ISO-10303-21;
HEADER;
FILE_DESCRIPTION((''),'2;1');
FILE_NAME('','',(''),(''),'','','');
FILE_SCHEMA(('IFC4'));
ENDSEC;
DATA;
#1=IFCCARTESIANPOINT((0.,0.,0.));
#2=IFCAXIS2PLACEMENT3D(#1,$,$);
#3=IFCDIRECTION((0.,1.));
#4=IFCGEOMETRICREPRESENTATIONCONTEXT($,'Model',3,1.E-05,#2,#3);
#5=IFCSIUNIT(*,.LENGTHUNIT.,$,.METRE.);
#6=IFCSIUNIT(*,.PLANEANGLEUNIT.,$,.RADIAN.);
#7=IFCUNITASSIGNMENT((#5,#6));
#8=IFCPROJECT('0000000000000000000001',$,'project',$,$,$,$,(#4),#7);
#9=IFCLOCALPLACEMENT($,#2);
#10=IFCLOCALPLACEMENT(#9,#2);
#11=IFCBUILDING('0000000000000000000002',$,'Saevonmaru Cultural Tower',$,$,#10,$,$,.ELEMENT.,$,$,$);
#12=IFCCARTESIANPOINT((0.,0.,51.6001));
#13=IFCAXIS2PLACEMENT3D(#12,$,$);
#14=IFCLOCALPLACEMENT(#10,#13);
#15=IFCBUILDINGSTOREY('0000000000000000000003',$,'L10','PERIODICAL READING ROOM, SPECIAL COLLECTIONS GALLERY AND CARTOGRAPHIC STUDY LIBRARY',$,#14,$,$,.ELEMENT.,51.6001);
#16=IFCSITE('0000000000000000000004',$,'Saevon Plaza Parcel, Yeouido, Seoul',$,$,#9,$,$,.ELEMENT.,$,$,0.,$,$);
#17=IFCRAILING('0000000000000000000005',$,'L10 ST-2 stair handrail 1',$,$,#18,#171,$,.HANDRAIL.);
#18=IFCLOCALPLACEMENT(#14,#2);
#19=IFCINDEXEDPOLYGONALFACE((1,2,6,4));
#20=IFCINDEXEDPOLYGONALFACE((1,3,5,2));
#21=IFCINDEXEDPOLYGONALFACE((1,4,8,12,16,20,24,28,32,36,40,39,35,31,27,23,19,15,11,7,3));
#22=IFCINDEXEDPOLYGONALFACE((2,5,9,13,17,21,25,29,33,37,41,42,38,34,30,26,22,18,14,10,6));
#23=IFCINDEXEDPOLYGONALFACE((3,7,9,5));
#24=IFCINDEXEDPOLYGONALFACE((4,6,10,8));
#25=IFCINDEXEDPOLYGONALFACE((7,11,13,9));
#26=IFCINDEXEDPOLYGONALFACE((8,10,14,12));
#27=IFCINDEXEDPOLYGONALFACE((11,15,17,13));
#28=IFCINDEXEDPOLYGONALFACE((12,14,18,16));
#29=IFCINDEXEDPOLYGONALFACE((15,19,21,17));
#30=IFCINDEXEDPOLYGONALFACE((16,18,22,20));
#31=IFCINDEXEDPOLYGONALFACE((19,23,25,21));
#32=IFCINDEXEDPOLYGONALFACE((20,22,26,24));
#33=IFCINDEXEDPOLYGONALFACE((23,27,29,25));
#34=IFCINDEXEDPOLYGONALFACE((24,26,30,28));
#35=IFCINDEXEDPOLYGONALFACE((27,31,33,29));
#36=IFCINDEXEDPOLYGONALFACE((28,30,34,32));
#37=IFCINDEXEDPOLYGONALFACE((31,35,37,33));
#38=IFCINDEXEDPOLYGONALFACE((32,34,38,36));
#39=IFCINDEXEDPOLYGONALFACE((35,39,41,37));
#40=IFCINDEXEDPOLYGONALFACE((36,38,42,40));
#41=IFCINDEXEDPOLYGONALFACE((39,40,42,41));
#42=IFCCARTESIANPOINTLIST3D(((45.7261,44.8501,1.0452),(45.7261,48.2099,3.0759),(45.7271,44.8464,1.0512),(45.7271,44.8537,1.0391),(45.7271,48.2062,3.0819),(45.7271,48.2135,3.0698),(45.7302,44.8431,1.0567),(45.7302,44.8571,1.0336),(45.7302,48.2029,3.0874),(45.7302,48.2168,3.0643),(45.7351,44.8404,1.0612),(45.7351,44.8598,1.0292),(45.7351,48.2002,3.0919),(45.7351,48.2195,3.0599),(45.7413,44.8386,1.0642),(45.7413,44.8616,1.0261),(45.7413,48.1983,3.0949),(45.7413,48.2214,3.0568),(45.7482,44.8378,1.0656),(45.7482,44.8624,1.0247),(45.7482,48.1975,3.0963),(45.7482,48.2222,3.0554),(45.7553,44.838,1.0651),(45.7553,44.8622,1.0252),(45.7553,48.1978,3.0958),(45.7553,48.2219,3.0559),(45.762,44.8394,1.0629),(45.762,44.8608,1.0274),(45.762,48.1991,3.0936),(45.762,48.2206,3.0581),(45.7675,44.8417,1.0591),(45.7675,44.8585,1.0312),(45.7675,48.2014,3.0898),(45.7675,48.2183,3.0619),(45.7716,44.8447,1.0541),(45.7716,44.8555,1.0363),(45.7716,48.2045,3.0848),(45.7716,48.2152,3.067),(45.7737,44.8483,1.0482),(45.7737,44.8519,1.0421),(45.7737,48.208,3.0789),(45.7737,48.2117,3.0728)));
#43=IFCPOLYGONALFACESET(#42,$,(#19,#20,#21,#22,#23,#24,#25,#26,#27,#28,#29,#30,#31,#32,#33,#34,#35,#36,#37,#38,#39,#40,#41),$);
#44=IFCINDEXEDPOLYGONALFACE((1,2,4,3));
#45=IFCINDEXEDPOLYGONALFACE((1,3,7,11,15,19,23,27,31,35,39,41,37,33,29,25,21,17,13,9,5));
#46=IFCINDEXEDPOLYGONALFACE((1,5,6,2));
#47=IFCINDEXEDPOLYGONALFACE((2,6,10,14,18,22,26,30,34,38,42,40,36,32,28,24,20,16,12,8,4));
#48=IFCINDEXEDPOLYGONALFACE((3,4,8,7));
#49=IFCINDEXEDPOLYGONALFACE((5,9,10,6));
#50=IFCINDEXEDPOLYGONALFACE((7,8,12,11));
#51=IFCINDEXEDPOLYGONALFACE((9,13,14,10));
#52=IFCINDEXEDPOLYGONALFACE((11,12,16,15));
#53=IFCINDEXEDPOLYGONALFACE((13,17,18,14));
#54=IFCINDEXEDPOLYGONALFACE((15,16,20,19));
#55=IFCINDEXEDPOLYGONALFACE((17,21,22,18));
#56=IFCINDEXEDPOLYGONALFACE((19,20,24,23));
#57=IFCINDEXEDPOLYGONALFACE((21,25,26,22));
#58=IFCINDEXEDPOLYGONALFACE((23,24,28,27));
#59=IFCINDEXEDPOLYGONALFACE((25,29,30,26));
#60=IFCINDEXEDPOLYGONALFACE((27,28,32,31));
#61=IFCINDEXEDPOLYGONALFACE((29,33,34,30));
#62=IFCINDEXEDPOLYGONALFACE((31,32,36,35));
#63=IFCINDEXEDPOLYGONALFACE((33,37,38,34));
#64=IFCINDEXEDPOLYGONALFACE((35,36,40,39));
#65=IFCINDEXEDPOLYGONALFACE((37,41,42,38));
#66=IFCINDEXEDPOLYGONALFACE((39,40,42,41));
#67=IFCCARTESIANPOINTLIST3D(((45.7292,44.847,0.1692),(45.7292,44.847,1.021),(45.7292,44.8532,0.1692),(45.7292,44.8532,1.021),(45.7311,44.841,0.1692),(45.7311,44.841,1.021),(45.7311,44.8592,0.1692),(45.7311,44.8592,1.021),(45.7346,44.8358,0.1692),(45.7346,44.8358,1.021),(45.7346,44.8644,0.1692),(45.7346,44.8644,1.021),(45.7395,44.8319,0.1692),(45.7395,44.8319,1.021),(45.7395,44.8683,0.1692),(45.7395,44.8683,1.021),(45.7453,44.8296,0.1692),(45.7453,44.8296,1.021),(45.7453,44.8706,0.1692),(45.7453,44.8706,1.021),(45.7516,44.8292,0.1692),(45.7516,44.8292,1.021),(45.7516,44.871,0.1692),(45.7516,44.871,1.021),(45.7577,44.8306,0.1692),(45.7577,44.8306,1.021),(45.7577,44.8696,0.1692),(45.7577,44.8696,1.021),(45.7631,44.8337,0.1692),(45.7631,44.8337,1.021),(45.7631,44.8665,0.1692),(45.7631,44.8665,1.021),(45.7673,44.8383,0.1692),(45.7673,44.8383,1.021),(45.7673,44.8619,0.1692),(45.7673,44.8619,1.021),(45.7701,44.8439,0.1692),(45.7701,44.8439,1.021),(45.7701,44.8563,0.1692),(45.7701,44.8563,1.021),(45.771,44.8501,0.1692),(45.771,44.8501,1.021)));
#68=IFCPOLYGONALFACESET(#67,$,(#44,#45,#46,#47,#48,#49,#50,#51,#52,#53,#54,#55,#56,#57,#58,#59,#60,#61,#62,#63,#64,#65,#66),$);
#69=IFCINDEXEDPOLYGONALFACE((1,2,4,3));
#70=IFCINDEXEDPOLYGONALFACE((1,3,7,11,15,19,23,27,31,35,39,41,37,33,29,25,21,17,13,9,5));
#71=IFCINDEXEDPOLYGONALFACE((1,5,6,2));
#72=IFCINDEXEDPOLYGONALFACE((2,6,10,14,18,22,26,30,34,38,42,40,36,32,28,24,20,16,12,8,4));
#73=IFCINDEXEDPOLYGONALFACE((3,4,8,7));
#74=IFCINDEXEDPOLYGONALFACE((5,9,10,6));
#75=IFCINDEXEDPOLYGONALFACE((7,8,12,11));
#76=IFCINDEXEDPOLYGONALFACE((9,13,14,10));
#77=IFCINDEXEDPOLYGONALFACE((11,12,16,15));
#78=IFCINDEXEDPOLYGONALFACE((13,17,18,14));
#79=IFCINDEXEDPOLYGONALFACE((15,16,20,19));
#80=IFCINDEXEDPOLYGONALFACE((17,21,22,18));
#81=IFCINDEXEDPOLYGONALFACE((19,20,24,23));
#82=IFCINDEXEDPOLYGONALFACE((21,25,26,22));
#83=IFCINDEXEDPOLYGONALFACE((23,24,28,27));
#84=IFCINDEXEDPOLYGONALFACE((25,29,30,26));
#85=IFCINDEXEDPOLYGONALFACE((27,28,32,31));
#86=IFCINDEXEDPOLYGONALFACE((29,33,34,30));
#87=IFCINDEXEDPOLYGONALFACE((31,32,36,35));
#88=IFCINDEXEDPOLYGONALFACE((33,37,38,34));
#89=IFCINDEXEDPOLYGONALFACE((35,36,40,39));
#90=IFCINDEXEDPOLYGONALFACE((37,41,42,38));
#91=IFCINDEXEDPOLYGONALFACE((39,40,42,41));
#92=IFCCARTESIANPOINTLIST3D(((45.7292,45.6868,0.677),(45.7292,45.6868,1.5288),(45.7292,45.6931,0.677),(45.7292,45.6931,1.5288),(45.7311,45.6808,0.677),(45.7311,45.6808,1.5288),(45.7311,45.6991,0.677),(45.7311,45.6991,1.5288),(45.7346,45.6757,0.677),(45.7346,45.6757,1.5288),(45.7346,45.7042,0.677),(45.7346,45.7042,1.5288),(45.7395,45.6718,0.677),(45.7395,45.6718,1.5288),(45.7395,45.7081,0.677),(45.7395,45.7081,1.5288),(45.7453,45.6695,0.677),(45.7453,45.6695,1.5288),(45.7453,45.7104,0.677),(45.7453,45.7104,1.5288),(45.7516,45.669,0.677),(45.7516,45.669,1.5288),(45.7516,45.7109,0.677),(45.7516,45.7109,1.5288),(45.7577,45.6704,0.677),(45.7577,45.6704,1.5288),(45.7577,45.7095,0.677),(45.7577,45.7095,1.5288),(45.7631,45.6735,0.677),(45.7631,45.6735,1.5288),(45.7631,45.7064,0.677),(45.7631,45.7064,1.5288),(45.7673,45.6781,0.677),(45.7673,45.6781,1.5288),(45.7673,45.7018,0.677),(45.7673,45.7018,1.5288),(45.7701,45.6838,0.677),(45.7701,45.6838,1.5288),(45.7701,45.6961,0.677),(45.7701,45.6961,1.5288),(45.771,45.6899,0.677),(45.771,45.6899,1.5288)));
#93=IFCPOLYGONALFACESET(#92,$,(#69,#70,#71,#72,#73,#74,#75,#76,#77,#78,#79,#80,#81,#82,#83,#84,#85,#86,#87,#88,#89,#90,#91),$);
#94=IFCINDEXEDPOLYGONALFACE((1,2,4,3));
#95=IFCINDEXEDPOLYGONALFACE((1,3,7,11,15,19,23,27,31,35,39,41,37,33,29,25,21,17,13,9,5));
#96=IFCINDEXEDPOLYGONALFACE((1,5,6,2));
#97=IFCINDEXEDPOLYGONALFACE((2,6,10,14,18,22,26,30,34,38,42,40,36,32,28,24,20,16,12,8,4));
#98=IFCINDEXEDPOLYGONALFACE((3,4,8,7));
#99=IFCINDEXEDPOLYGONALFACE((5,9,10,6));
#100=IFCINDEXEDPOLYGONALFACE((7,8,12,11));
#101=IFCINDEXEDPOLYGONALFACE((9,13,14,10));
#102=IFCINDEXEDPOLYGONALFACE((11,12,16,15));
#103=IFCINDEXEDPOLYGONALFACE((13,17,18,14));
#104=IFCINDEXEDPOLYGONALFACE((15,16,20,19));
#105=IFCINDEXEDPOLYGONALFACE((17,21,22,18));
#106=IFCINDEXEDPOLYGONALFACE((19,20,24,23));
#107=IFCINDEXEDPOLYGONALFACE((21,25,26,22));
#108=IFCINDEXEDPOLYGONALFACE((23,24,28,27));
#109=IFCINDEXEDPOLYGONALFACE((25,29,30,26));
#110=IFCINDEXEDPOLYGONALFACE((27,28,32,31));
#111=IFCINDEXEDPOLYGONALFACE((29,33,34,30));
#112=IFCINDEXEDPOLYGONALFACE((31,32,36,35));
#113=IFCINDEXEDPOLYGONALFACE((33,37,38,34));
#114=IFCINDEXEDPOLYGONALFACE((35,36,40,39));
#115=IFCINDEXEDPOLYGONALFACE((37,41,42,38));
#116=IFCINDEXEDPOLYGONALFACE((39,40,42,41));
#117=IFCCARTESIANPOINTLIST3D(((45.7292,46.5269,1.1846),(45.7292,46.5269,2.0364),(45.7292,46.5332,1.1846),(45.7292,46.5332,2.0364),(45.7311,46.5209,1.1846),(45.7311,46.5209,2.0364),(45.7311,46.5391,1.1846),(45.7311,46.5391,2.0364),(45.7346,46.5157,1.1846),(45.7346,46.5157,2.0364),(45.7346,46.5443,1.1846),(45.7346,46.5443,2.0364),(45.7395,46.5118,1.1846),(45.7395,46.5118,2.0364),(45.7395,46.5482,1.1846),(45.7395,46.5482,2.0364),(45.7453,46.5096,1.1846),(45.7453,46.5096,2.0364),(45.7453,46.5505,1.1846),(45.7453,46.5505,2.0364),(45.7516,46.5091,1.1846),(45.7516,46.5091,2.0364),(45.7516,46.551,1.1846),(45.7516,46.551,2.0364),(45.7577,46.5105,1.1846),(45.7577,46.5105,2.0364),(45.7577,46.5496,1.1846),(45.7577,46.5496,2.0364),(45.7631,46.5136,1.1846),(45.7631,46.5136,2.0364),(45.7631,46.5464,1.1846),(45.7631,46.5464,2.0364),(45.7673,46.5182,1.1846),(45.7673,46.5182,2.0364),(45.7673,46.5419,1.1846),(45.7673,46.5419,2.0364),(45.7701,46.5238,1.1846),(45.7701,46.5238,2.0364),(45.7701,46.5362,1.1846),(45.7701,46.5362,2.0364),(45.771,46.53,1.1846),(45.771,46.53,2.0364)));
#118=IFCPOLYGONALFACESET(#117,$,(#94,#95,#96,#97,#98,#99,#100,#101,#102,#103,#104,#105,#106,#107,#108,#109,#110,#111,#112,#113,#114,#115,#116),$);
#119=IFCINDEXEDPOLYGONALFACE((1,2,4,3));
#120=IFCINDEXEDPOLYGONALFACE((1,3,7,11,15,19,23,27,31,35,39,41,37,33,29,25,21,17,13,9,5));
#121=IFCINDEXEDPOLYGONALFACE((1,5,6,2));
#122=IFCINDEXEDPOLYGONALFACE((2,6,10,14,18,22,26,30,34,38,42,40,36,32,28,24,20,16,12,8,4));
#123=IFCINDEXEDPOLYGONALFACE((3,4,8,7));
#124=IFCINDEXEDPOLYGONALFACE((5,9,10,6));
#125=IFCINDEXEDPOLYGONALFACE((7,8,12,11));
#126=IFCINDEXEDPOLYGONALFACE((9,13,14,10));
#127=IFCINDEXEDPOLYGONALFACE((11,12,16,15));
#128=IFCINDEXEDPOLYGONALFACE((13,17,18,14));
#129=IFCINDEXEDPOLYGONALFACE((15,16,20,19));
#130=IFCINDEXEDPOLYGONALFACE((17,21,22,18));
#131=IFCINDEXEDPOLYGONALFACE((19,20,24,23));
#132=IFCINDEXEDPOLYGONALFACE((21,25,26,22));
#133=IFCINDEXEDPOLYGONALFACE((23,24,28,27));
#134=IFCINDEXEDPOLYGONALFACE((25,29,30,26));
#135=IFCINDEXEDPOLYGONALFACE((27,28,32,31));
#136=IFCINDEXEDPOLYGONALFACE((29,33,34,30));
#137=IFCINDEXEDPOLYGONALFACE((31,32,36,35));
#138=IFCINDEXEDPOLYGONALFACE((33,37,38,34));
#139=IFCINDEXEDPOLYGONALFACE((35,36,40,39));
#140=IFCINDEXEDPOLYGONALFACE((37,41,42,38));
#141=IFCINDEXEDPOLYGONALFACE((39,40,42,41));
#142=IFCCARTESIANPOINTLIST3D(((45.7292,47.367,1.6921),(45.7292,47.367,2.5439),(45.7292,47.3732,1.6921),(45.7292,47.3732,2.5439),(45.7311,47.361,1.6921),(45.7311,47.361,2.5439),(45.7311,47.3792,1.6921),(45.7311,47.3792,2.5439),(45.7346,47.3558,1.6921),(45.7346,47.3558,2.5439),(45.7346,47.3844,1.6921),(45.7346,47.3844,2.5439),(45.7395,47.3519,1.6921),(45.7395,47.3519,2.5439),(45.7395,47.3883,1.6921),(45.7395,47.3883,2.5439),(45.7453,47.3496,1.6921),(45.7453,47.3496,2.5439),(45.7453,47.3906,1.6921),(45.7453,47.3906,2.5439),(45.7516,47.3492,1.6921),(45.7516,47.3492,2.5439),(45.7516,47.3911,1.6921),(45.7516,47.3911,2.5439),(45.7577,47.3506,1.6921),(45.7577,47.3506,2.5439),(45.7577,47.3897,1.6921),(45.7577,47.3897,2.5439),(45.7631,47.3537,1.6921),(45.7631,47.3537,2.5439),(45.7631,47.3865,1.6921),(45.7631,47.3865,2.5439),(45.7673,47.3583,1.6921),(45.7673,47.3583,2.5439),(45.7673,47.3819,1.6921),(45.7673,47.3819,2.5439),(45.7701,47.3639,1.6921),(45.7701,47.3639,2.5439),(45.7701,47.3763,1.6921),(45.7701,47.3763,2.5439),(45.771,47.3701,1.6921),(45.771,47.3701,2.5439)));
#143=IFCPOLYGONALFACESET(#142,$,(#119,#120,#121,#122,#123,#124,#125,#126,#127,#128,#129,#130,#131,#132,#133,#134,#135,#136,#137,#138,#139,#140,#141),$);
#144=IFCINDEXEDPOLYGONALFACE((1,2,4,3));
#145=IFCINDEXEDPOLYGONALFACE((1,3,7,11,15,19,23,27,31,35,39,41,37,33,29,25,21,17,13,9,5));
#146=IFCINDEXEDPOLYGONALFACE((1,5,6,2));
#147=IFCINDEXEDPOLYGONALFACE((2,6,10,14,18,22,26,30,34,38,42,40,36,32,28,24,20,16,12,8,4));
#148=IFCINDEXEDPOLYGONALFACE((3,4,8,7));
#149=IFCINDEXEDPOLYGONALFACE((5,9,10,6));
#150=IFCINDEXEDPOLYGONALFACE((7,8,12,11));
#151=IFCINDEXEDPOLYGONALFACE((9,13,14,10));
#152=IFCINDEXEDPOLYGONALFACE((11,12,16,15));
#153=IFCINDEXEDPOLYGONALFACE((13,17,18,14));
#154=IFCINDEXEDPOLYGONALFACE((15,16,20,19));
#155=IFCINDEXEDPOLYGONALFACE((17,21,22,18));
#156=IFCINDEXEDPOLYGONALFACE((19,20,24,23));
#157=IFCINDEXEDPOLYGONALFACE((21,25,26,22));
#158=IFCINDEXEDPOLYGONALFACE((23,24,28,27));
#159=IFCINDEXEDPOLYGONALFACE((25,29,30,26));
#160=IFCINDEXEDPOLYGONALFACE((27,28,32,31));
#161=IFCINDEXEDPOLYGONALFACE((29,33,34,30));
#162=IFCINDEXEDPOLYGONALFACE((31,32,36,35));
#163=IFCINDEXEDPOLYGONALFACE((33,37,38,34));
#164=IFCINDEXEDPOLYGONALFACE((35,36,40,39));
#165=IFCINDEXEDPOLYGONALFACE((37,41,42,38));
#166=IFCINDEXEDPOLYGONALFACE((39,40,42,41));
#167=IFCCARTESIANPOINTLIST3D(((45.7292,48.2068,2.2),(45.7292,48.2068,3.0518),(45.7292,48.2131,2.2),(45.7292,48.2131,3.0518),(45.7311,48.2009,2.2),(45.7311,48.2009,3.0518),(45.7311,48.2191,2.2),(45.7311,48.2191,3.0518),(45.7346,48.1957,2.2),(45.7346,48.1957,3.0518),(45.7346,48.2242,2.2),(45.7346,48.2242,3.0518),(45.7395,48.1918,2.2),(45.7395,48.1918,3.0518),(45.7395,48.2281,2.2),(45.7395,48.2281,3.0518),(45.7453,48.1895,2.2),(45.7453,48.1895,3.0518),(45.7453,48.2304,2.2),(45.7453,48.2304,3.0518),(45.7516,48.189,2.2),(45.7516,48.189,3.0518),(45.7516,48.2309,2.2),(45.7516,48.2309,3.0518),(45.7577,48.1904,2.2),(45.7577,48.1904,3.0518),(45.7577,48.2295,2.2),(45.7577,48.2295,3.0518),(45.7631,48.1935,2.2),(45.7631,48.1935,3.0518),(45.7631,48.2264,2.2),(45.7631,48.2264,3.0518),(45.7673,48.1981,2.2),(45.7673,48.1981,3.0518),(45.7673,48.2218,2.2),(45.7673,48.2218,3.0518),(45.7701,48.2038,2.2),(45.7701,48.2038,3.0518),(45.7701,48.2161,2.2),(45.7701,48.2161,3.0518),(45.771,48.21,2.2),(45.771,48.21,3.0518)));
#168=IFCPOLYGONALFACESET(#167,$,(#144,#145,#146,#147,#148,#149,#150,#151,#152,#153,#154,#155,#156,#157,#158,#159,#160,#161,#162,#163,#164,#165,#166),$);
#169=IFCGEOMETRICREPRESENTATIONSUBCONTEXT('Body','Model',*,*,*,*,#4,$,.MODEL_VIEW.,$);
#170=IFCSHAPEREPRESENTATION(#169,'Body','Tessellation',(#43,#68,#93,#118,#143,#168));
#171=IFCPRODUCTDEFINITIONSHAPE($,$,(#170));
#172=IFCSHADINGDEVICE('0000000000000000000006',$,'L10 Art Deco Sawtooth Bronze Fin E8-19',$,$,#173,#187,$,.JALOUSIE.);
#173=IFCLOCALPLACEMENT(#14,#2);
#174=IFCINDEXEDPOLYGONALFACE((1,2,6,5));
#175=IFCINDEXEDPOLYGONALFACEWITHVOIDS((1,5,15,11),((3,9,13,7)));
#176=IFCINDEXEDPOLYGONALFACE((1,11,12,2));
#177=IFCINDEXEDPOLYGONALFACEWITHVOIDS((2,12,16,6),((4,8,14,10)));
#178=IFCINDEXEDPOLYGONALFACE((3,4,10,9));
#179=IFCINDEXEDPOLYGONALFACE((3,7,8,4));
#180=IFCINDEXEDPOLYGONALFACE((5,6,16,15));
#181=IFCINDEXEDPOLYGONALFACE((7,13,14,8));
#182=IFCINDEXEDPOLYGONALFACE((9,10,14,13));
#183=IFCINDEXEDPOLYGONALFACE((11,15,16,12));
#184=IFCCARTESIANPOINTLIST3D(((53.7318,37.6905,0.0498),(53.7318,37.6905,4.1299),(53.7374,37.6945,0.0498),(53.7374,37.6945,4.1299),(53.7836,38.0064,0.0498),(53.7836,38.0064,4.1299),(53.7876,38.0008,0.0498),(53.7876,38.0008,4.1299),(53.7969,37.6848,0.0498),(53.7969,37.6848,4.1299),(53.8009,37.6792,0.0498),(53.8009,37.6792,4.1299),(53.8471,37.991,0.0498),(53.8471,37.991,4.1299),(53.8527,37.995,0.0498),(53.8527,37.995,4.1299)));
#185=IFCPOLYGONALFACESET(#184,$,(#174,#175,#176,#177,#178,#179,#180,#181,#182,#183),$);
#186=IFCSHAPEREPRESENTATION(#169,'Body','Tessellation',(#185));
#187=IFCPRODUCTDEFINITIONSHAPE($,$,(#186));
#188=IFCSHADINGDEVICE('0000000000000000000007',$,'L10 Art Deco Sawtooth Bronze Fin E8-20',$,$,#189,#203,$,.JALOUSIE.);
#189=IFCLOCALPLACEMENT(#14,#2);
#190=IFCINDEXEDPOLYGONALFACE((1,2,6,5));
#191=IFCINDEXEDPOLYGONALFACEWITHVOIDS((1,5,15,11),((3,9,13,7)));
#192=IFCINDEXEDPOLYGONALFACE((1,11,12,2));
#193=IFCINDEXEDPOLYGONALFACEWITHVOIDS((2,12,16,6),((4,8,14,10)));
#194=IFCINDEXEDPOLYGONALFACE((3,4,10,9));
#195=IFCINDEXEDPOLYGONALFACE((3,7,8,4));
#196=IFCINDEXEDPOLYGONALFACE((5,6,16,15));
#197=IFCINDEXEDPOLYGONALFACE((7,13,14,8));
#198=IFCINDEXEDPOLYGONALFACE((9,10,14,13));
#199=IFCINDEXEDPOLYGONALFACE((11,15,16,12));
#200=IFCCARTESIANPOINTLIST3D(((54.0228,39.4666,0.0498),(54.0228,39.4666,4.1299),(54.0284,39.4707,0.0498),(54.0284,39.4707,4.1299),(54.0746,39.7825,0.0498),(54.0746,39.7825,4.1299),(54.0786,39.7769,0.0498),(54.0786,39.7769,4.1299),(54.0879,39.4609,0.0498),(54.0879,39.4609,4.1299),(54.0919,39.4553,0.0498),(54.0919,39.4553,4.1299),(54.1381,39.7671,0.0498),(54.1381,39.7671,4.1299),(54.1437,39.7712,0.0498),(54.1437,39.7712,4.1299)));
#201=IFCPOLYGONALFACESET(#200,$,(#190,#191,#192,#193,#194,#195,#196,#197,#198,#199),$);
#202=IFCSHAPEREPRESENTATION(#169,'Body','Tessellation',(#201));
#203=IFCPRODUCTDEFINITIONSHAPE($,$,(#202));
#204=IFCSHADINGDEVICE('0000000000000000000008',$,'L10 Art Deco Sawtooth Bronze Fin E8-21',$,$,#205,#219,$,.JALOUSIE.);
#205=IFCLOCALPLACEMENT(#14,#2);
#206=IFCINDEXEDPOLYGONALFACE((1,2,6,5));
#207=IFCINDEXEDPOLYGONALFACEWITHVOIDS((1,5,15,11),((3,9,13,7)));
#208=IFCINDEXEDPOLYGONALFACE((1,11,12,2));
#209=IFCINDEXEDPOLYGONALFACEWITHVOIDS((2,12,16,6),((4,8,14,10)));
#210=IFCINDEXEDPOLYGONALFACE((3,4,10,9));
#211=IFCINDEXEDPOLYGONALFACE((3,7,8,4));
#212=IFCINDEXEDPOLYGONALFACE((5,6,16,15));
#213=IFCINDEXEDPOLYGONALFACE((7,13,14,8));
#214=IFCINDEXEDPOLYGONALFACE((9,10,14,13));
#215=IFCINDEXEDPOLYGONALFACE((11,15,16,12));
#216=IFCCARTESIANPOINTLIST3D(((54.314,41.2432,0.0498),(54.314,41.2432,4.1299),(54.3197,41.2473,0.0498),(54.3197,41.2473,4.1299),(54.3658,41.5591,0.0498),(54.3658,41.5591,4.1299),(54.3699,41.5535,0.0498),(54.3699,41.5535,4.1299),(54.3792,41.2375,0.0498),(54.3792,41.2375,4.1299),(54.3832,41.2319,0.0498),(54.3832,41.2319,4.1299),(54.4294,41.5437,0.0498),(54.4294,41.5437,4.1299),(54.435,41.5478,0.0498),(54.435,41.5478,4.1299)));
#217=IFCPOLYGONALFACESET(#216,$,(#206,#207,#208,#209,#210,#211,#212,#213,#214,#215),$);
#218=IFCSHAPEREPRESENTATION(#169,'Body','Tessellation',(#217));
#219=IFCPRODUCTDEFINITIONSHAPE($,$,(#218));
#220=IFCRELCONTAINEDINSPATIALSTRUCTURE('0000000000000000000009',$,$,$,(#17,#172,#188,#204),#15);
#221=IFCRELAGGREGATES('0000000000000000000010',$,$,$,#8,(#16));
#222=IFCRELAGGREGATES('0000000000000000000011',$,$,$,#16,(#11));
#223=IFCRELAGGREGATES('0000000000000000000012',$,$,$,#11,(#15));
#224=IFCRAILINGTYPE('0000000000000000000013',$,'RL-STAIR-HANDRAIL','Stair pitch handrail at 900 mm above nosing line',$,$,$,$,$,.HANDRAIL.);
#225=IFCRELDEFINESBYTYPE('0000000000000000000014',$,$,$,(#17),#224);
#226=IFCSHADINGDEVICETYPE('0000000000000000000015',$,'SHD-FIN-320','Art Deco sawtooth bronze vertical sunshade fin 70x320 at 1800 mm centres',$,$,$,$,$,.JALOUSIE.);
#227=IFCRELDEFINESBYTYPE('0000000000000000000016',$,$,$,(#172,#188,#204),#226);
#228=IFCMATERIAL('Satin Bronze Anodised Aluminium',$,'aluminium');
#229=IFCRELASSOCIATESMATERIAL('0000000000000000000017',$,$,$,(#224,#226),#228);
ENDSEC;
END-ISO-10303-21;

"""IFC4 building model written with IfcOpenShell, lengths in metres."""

from ifc_helpers import new_model, si_unit, direction, frame, origin, origin_2d, place, context, subcontext, project, spatial, hollow_rectangle, circle, extrude, material, material_profile, profile_set, type_object, element, save


model = new_model("IFC4")

# Units and contexts
model_context = context("Model", 3, precision=1e-05, world=origin(), true_north=direction((0.0, 1.0)))
body_context = subcontext(model_context, "Body", "Model", "MODEL_VIEW")
ifc_project = project(units=[si_unit("LENGTHUNIT", "METRE"), si_unit("PLANEANGLEUNIT", "RADIAN")], contexts=[model_context])

# Site, building, storey
site_placement = place(None, origin())
site = spatial("IfcSite", under=ifc_project, at=site_placement, Name="Saevon Plaza Parcel, Yeouido, Seoul", CompositionType="ELEMENT", RefElevation=0.0)
building_placement = place(site_placement, origin())
building = spatial("IfcBuilding", under=site, at=building_placement, Name="Saevonmaru Cultural Tower", CompositionType="ELEMENT")
storey_placement = place(building_placement, frame((0.0, 0.0, 51.6001)))
storey = spatial("IfcBuildingStorey", under=building, at=storey_placement, Name="L10", Description="PERIODICAL READING ROOM, SPECIAL COLLECTIONS GALLERY AND CARTOGRAPHIC STUDY LIBRARY", CompositionType="ELEMENT", Elevation=51.6001)

# Shared definitions
ifc_material_1 = material(Name="Satin Bronze Anodised Aluminium", Category="aluminium")

# Railing
railing_type_1 = type_object("IfcRailingType", Name="RL-STAIR-HANDRAIL", Description="Stair pitch handrail at 900 mm above nosing line", PredefinedType="HANDRAIL", material=ifc_material_1)
railing_1_placement = place(storey_placement, frame((45.75, 44.8501, 0.1692)))
element("IfcRailing", 1, at=railing_1_placement, inside=storey, type_object=railing_type_1, Name="L10 ST-2 stair handrail 1", PredefinedType="HANDRAIL", context=body_context, shape_type="SweptSolid", body=[
    extrude(circle(Radius=0.0239, at=origin_2d()), frame((0.0, 0.0, 0.876), z_axis=(0.0, 0.85582, 0.517273), x_axis=(-1.0, 0.0, 0.0)), (0.0, 0.0, 1.0), 3.9258),
    extrude(circle(Radius=0.021, at=origin_2d()), origin(), (0.0, 0.0, 1.0), 0.8518),
    extrude(circle(Radius=0.021, at=origin_2d()), frame((0.0, 0.8398, 0.5078)), (0.0, 0.0, 1.0), 0.8518),
    extrude(circle(Radius=0.021, at=origin_2d()), frame((0.0, 1.6799, 1.0154)), (0.0, 0.0, 1.0), 0.8518),
    extrude(circle(Radius=0.021, at=origin_2d()), frame((0.0, 2.52, 1.5229)), (0.0, 0.0, 1.0), 0.8518),
    extrude(circle(Radius=0.021, at=origin_2d()), frame((0.0, 3.3599, 2.0308)), (0.0, 0.0, 1.0), 0.8518),
])

# Shading devices
ifc_material_profile_1 = material_profile(ifc_material_1, hollow_rectangle(XDim=0.0701, YDim=0.3201, WallThickness=0.0049, at=origin_2d()), Name="FIN-320x70")
ifc_profile_set_1 = profile_set([ifc_material_profile_1], Name="Satin Bronze Anodised Aluminium")
shading_device_type = type_object("IfcShadingDeviceType", Name="SHD-FIN-320", Description="Art Deco sawtooth bronze vertical sunshade fin 70x320 at 1800 mm centres", PredefinedType="JALOUSIE", material=ifc_profile_set_1)
for number, where, z_axis, x_axis, name in (
    (2, (53.7922, 37.8428, 0.0498), (0.0, 0.0, 1.0), (0.986827, -0.161776, 0.0), "L10 Art Deco Sawtooth Bronze Fin E8-19"),
    (3, (54.0833, 39.6189, 0.0498), (0.0, 0.0, 1.0), (0.986827, -0.161776, 0.0), "L10 Art Deco Sawtooth Bronze Fin E8-20"),
    (4, (54.3745, 41.3955, 0.0498), (0.0, 0.0, 1.0), (0.986827, -0.161776, 0.0), "L10 Art Deco Sawtooth Bronze Fin E8-21"),
):
    element("IfcShadingDevice", number, at=place(storey_placement, frame(where, z_axis=z_axis, x_axis=x_axis)), inside=storey, type_object=shading_device_type, Name=name, PredefinedType="JALOUSIE", context=body_context, shape_type="SweptSolid", body=[
        extrude(hollow_rectangle(XDim=0.0701, YDim=0.3201, WallThickness=0.0049, at=origin_2d()), origin(), (0.0, 0.0, 1.0), 4.0801),
    ])

save(model, "model.ifc")
